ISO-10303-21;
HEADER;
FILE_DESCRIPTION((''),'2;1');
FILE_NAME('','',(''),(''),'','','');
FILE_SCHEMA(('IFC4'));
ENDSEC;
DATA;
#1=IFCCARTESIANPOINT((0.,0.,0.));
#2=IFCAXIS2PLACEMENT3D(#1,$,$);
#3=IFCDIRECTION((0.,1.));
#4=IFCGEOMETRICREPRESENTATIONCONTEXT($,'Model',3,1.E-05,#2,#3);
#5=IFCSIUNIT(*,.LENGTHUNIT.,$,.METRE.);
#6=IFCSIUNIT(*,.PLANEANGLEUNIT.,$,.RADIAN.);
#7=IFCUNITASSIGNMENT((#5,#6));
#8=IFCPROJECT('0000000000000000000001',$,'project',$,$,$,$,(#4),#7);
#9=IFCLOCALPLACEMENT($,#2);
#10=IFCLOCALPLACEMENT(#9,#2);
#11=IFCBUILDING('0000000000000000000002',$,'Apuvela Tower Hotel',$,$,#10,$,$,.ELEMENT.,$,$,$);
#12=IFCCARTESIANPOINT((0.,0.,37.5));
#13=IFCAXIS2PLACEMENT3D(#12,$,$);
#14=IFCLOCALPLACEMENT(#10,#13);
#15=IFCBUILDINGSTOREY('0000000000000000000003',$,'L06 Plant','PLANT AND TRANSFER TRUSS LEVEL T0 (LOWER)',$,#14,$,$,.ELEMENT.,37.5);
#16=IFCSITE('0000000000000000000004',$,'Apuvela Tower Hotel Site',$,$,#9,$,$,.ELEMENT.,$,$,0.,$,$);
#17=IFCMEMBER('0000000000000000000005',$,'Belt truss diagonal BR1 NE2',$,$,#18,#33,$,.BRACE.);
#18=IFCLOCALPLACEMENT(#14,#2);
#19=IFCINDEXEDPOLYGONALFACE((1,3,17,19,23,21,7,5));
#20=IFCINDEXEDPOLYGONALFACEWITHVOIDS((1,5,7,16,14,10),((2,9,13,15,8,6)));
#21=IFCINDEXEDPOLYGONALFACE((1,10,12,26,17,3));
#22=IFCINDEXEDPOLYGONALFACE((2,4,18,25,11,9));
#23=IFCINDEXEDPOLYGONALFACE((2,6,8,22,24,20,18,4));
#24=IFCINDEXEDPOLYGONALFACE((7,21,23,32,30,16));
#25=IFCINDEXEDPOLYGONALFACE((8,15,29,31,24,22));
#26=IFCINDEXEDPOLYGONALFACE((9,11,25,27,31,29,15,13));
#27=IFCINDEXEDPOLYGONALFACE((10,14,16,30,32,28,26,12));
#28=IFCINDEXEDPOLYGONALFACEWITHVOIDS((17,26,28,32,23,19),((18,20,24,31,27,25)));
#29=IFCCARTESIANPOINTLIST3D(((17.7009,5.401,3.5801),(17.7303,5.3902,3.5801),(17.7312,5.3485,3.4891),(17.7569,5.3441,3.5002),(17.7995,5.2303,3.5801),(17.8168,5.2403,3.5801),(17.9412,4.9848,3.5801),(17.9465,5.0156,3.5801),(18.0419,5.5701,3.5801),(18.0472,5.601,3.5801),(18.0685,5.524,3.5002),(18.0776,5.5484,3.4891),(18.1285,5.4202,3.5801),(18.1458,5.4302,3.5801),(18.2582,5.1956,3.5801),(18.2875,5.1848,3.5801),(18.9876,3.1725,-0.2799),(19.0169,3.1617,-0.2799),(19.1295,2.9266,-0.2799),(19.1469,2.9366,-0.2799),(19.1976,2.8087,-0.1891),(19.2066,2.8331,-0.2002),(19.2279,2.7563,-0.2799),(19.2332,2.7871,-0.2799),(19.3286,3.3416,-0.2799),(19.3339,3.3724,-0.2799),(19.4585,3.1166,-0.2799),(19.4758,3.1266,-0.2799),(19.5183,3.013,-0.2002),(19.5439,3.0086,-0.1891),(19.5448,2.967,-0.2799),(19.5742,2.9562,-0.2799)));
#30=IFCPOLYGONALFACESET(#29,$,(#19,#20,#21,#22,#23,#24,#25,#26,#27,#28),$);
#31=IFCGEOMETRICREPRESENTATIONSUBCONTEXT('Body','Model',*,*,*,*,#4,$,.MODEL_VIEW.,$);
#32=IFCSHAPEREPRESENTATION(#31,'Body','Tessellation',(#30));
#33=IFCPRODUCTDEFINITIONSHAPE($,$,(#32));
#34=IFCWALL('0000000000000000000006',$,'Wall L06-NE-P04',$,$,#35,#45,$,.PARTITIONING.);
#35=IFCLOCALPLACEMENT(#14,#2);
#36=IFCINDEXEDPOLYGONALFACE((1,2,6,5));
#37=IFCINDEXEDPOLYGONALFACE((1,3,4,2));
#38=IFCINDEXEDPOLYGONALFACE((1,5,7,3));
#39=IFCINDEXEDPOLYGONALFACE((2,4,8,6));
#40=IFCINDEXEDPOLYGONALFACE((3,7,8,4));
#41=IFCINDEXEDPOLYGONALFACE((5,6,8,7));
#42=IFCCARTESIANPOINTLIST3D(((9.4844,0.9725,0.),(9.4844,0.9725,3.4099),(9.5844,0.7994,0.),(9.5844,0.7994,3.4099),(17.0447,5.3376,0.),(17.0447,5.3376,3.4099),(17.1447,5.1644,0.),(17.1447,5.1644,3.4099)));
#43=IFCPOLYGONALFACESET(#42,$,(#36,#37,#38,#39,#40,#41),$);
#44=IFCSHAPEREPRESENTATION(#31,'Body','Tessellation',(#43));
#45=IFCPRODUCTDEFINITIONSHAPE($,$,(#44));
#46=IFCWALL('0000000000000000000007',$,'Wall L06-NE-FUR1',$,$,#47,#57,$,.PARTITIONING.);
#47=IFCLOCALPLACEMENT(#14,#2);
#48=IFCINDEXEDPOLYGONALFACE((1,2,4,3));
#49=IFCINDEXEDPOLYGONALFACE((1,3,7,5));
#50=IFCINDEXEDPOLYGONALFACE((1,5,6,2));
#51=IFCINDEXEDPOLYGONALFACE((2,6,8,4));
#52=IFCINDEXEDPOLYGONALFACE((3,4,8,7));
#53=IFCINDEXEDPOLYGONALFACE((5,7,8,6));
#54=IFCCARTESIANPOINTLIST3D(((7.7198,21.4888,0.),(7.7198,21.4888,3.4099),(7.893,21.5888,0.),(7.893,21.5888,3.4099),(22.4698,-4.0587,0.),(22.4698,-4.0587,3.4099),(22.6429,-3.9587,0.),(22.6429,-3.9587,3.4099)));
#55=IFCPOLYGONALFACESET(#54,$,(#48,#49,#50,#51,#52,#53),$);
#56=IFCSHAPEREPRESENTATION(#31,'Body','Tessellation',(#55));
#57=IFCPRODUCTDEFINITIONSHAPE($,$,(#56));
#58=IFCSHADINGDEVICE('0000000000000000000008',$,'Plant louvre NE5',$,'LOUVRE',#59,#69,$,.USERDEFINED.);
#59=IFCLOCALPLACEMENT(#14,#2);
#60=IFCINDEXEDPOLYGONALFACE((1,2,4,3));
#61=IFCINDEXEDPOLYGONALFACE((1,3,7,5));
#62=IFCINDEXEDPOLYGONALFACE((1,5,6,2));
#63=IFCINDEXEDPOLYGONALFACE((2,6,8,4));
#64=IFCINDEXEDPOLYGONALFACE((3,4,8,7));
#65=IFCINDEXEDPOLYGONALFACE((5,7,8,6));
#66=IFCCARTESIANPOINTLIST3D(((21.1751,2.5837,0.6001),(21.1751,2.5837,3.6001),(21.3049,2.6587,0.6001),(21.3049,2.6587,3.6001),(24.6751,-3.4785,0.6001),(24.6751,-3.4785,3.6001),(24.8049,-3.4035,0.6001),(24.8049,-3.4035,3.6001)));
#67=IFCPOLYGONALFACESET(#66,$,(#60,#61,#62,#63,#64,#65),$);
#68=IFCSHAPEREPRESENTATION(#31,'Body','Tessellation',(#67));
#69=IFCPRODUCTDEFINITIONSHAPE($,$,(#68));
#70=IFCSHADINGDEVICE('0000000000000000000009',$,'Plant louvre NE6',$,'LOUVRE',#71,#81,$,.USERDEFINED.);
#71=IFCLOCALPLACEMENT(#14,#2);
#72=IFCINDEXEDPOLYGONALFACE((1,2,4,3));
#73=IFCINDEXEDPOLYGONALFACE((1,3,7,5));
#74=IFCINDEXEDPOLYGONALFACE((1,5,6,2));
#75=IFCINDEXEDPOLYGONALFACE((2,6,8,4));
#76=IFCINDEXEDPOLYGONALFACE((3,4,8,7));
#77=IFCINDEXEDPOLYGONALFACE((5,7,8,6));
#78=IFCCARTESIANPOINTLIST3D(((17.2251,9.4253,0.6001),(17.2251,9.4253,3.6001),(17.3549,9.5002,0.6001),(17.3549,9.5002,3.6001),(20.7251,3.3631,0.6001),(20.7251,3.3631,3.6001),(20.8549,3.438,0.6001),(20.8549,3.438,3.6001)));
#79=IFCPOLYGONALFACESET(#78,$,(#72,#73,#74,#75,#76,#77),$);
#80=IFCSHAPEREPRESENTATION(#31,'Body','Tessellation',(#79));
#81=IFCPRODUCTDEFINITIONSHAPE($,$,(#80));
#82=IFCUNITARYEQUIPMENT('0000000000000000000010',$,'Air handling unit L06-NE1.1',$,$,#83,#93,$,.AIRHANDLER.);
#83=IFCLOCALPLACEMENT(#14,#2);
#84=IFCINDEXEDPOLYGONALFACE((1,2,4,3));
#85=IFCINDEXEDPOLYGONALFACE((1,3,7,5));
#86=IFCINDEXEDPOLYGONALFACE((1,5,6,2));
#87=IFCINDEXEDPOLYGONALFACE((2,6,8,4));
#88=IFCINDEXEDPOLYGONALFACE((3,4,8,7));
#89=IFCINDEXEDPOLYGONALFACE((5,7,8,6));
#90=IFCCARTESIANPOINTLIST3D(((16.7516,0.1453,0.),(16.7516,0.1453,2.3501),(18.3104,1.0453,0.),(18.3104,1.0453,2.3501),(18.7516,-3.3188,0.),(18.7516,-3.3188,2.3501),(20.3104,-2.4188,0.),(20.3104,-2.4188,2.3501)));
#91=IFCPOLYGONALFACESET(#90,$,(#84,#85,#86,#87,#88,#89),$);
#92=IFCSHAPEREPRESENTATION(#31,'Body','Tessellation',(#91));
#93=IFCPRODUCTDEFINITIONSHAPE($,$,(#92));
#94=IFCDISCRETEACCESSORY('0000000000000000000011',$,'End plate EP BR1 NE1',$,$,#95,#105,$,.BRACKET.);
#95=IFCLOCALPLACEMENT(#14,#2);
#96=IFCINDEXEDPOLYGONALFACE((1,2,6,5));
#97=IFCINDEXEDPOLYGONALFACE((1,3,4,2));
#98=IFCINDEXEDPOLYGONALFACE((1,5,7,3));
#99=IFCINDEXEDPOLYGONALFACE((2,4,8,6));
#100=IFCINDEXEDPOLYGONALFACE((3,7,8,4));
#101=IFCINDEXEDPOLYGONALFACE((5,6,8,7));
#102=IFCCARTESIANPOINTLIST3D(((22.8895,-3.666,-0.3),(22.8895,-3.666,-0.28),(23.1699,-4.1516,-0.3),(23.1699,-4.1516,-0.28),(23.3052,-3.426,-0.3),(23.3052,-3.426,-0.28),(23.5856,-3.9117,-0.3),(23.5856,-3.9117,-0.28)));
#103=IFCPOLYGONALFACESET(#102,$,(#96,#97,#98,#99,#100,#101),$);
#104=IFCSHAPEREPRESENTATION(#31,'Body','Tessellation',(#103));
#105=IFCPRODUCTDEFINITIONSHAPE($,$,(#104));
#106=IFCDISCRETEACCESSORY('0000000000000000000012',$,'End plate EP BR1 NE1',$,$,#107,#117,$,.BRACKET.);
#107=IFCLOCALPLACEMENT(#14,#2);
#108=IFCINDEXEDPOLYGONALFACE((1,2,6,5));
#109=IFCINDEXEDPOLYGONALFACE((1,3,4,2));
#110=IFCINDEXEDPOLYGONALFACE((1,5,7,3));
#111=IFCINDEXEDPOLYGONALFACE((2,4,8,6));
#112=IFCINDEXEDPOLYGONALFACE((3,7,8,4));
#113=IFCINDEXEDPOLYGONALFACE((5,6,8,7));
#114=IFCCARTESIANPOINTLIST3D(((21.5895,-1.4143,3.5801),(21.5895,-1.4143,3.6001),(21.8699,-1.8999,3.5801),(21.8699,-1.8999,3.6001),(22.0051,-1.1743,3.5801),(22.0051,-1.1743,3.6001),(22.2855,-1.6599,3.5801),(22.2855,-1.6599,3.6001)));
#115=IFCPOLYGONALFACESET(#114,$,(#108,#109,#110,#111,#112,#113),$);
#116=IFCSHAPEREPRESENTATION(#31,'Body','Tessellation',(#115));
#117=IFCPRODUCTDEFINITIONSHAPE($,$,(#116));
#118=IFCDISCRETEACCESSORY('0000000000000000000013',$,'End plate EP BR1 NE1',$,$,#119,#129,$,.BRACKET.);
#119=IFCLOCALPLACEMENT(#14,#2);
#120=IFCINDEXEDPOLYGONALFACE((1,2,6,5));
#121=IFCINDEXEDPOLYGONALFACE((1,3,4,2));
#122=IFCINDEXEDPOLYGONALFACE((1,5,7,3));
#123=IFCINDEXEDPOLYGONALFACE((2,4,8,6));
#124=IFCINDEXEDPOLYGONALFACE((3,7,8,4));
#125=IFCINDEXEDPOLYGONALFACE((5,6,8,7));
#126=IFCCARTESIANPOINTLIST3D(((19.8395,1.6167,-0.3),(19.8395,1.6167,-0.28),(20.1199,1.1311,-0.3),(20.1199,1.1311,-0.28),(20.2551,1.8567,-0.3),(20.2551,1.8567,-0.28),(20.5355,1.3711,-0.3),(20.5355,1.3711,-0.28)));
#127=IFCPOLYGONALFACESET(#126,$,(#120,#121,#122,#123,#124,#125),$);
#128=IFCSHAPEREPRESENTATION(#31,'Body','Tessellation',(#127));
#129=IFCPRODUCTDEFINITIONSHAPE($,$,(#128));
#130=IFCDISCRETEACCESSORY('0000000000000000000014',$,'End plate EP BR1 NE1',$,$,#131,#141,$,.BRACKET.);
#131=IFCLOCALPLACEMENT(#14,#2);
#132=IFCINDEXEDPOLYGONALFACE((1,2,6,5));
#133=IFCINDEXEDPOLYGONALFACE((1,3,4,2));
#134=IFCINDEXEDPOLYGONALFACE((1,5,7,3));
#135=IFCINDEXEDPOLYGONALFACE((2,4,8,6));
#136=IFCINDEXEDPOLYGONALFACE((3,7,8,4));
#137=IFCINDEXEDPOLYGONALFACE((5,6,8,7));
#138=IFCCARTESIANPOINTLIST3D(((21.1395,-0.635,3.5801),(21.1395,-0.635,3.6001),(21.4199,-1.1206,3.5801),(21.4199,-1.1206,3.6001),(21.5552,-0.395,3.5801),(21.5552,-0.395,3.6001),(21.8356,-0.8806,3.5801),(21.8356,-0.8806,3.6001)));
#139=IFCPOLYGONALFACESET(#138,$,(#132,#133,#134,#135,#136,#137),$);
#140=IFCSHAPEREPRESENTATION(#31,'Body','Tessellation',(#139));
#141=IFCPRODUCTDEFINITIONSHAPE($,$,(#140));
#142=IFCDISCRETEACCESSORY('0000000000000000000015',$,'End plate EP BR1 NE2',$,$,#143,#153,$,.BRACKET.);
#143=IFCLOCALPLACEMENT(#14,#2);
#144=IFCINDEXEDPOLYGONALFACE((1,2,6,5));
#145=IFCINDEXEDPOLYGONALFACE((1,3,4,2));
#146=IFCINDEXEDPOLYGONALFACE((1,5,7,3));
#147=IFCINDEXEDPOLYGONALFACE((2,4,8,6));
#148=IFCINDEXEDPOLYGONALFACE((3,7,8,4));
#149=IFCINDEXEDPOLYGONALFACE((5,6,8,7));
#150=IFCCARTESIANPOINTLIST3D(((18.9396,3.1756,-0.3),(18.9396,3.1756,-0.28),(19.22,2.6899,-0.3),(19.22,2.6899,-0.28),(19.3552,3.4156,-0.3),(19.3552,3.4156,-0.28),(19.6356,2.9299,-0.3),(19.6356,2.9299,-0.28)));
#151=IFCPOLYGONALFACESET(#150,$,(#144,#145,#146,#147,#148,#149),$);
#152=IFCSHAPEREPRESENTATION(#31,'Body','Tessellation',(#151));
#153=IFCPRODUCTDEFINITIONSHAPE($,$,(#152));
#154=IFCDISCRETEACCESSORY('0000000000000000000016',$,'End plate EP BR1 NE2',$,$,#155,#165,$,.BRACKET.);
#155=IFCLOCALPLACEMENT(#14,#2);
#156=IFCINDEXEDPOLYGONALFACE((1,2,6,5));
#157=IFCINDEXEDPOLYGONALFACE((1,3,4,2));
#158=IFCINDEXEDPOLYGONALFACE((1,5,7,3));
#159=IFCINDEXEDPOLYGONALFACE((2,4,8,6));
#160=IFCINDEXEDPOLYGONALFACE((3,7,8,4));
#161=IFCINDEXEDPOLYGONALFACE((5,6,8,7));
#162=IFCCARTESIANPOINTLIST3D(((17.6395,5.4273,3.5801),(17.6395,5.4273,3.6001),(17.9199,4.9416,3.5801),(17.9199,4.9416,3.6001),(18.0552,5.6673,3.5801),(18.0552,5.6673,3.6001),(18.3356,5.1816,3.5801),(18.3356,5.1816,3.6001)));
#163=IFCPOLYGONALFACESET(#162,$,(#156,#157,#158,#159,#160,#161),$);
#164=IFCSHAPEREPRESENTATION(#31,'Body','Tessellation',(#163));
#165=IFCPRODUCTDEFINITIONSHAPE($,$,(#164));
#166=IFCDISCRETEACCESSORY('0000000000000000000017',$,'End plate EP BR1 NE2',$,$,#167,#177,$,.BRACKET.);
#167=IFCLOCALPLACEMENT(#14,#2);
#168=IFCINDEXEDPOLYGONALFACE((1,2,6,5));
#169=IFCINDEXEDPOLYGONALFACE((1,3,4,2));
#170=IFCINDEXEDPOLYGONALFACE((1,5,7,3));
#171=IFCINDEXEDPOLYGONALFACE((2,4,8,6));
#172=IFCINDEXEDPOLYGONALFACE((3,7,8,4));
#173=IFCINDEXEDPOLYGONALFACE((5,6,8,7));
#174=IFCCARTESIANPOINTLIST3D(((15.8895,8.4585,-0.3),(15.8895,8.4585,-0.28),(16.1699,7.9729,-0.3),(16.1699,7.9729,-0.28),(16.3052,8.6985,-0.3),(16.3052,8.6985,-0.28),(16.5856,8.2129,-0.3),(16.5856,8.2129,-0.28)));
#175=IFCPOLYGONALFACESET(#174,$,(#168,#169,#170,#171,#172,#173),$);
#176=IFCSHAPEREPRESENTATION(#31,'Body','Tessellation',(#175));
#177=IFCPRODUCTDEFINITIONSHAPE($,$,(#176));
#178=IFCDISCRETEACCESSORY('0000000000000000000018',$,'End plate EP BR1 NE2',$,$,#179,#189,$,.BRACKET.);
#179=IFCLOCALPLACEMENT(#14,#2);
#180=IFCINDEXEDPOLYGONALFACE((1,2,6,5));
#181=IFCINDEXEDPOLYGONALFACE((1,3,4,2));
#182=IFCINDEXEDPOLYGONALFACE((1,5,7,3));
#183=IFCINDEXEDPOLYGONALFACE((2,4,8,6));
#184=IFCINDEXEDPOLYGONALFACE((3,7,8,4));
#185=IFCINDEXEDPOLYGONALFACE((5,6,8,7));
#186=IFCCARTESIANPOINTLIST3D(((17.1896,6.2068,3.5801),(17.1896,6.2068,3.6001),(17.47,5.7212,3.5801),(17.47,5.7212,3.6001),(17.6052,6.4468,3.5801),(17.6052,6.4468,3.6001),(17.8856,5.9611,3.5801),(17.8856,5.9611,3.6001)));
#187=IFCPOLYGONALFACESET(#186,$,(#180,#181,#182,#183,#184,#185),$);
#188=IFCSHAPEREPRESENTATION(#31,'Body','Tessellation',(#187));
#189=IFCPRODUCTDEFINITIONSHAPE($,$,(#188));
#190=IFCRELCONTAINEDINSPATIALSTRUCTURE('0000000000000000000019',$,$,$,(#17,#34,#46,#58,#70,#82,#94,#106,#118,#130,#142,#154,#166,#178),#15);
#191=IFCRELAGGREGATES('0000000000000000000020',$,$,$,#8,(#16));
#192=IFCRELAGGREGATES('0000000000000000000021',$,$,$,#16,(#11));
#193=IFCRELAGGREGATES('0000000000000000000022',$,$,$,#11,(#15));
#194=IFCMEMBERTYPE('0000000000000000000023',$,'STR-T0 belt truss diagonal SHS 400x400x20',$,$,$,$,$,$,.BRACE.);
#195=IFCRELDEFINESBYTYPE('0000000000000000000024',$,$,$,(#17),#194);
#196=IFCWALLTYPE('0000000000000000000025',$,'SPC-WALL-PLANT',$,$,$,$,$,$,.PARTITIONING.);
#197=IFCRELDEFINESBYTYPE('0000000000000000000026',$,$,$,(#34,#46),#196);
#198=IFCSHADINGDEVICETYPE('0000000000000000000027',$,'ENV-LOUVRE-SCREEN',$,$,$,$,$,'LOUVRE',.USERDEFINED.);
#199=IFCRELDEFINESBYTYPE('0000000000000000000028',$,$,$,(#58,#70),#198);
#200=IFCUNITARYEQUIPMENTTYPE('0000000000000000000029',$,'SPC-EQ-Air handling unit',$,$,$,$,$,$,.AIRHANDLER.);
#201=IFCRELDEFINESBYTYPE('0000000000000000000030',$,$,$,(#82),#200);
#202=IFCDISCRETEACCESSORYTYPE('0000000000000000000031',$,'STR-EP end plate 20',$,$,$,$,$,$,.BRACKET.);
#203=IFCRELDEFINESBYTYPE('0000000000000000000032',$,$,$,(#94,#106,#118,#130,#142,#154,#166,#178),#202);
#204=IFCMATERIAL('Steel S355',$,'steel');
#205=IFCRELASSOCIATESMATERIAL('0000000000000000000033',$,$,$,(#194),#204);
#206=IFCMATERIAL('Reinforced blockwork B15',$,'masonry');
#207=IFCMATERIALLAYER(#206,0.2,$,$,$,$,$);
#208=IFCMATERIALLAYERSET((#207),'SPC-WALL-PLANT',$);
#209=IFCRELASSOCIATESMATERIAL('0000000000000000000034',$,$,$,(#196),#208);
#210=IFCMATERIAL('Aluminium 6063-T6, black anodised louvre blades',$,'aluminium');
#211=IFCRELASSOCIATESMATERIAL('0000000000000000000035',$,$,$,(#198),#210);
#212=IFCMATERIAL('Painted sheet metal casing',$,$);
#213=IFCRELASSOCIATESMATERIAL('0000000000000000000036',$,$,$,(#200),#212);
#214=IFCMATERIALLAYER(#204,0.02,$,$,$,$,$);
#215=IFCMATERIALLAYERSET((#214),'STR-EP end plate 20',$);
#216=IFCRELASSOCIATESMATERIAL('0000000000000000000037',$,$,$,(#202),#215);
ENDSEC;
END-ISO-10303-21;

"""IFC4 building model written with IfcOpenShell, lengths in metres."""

from ifc_helpers import new_model, si_unit, direction, frame, frame_2d, origin, origin_2d, place, context, subcontext, project, spatial, rectangle, hollow_rectangle, extrude, boolean, halfspace, material, layer, layer_set, material_profile, profile_set, type_object, element, save


model = new_model("IFC4")

# Units and contexts
model_context = context("Model", 3, precision=1e-05, world=origin(), true_north=direction((0.0, 1.0)))
body_context = subcontext(model_context, "Body", "Model", "MODEL_VIEW")
ifc_project = project(units=[si_unit("LENGTHUNIT", "METRE"), si_unit("PLANEANGLEUNIT", "RADIAN")], contexts=[model_context])

# Site, building, storey
site_placement = place(None, origin())
site = spatial("IfcSite", under=ifc_project, at=site_placement, Name="Apuvela Tower Hotel Site", CompositionType="ELEMENT", RefElevation=0.0)
building_placement = place(site_placement, origin())
building = spatial("IfcBuilding", under=site, at=building_placement, Name="Apuvela Tower Hotel", CompositionType="ELEMENT")
storey_placement = place(building_placement, frame((0.0, 0.0, 37.5)))
storey = spatial("IfcBuildingStorey", under=building, at=storey_placement, Name="L06 Plant", Description="PLANT AND TRANSFER TRUSS LEVEL T0 (LOWER)", CompositionType="ELEMENT", Elevation=37.5)

# Shared definitions
ifc_material_1 = material(Name="Steel S355", Category="steel")

# Member
ifc_material_profile_1 = material_profile(ifc_material_1, hollow_rectangle(XDim=0.3999, YDim=0.3999, WallThickness=0.02, at=origin_2d()), Name="SHS 400x400x20")
ifc_profile_set_1 = profile_set([ifc_material_profile_1], Name="Steel S355")
member_type_1 = type_object("IfcMemberType", Name="STR-T0 belt truss diagonal SHS 400x400x20", PredefinedType="BRACE", material=ifc_profile_set_1)
member_1_placement = place(storey_placement, frame((19.2876, 3.0527, -0.3), z_axis=(-0.277351, 0.480378, 0.832054), x_axis=(0.416033, -0.720576, 0.554695)))
solid_1 = boolean("DIFFERENCE", boolean("DIFFERENCE", extrude(hollow_rectangle(XDim=0.3999, YDim=0.3999, WallThickness=0.02, at=origin_2d()), frame((0.0, 0.0, -0.2534)), (0.0, 0.0, 1.0), 5.1941), halfspace(frame((0.0, 0.0, 0.0242), z_axis=(0.554695, 0.0, 0.832054), x_axis=(0.832054, 0.0, -0.554695)), True)), halfspace(frame((0.0, 0.0, 4.6633), z_axis=(0.554695, 0.0, 0.832054), x_axis=(0.832054, 0.0, -0.554695)), False))
element("IfcMember", 1, at=member_1_placement, inside=storey, type_object=member_type_1, Name="Belt truss diagonal BR1 NE2", PredefinedType="BRACE", context=body_context, shape_type="SweptSolid", body=[
    boolean("UNION", boolean("DIFFERENCE", boolean("DIFFERENCE", extrude(hollow_rectangle(XDim=0.3999, YDim=0.3999, WallThickness=0.02, at=origin_2d()), origin(), (0.0, 0.0, 1.0), 4.6873), halfspace(frame((0.0, 0.0, 0.0242), z_axis=(0.554695, 0.0, 0.832054), x_axis=(0.832054, 0.0, -0.554695)), True)), halfspace(frame((0.0, 0.0, 4.6633), z_axis=(0.554695, 0.0, 0.832054), x_axis=(0.832054, 0.0, -0.554695)), False)), solid_1),
])

# Walls
ifc_material_2 = material(Name="Reinforced blockwork B15", Category="masonry")
ifc_layer_1 = layer(ifc_material_2, 0.2)
ifc_layer_set_1 = layer_set([ifc_layer_1], Name="SPC-WALL-PLANT")
wall_type = type_object("IfcWallType", Name="SPC-WALL-PLANT", PredefinedType="PARTITIONING", material=ifc_layer_set_1)
wall_1_placement = place(storey_placement, frame((17.0947, 5.251, 0.0), z_axis=(0.0, 0.0, 1.0), x_axis=(-0.866023, -0.500004, 0.0)))
element("IfcWall", 2, at=wall_1_placement, inside=storey, type_object=wall_type, Name="Wall L06-NE-P04", PredefinedType="PARTITIONING", context=body_context, shape_type="SweptSolid", body=[
    extrude(rectangle(XDim=8.73, YDim=0.2, at=frame_2d((4.365, 0.0))), origin(), (0.0, 0.0, 1.0), 3.4099),
])
wall_2_placement = place(storey_placement, frame((22.5564, -4.0088, 0.0), z_axis=(0.0, 0.0, 1.0), x_axis=(-0.500002, 0.866024, 0.0)))
element("IfcWall", 3, at=wall_2_placement, inside=storey, type_object=wall_type, Name="Wall L06-NE-FUR1", PredefinedType="PARTITIONING", context=body_context, shape_type="SweptSolid", body=[
    extrude(rectangle(XDim=29.4998, YDim=0.2, at=frame_2d((14.75, 0.0))), origin(), (0.0, 0.0, 1.0), 3.4099),
])

# Shading devices
ifc_material_3 = material(Name="Aluminium 6063-T6, black anodised louvre blades", Category="aluminium")
shading_device_type = type_object("IfcShadingDeviceType", Name="ENV-LOUVRE-SCREEN", ElementType="LOUVRE", PredefinedType="USERDEFINED", material=ifc_material_3)
for number, where, z_axis, x_axis, name in (
    (4, (22.99, -0.4099, 0.6001), (0.0, 0.0, 1.0), (-0.5, 0.866025, 0.0), "Plant louvre NE5"),
    (5, (19.04, 6.4316, 0.6001), (0.0, 0.0, 1.0), (-0.5, 0.866025, 0.0), "Plant louvre NE6"),
):
    element("IfcShadingDevice", number, at=place(storey_placement, frame(where, z_axis=z_axis, x_axis=x_axis)), inside=storey, type_object=shading_device_type, Name=name, ObjectType="LOUVRE", PredefinedType="USERDEFINED", context=body_context, shape_type="SweptSolid", body=[
        extrude(rectangle(XDim=7.0, YDim=0.1499, at=origin_2d()), origin(), (0.0, 0.0, 1.0), 3.0),
    ])

# Unitary equipment
ifc_material_4 = material(Name="Painted sheet metal casing")
unitary_equipment_type = type_object("IfcUnitaryEquipmentType", Name="SPC-EQ-Air handling unit", PredefinedType="AIRHANDLER", material=ifc_material_4)
unitary_equipment_placement = place(storey_placement, frame((18.531, -1.1367, 0.0), z_axis=(0.0, 0.0, 1.0), x_axis=(-0.5, 0.866025, 0.0)))
element("IfcUnitaryEquipment", 6, at=unitary_equipment_placement, inside=storey, type_object=unitary_equipment_type, Name="Air handling unit L06-NE1.1", PredefinedType="AIRHANDLER", context=body_context, shape_type="SweptSolid", body=[
    extrude(rectangle(XDim=4.0, YDim=1.8, at=origin_2d()), origin(), (0.0, 0.0, 1.0), 2.3501),
])

# Discrete accessories
ifc_layer_2 = layer(ifc_material_1, 0.02)
ifc_layer_set_2 = layer_set([ifc_layer_2], Name="STR-EP end plate 20")
discrete_accessory_type = type_object("IfcDiscreteAccessoryType", Name="STR-EP end plate 20", PredefinedType="BRACKET", material=ifc_layer_set_2)
for number, where, z_axis, x_axis, name in (
    (7, (23.2375, -3.7888, -0.3), (0.0, 0.0, 1.0), (-0.5, 0.866025, 0.0), "End plate EP BR1 NE1"),
    (8, (21.9375, -1.5371, 3.5801), (0.0, 0.0, 1.0), (-0.5, 0.866025, 0.0), "End plate EP BR1 NE1"),
    (9, (20.1875, 1.4939, -0.3), (0.0, 0.0, 1.0), (0.5, -0.866025, 0.0), "End plate EP BR1 NE1"),
    (10, (21.4875, -0.7578, 3.5801), (0.0, 0.0, 1.0), (0.5, -0.866025, 0.0), "End plate EP BR1 NE1"),
    (11, (19.2876, 3.0527, -0.3), (0.0, 0.0, 1.0), (-0.5, 0.866025, 0.0), "End plate EP BR1 NE2"),
    (12, (17.9875, 5.3044, 3.5801), (0.0, 0.0, 1.0), (-0.5, 0.866025, 0.0), "End plate EP BR1 NE2"),
    (13, (16.2375, 8.3357, -0.3), (0.0, 0.0, 1.0), (0.5, -0.866025, 0.0), "End plate EP BR1 NE2"),
    (14, (17.5376, 6.084, 3.5801), (0.0, 0.0, 1.0), (0.5, -0.866025, 0.0), "End plate EP BR1 NE2"),
):
    element("IfcDiscreteAccessory", number, at=place(storey_placement, frame(where, z_axis=z_axis, x_axis=x_axis)), inside=storey, type_object=discrete_accessory_type, Name=name, PredefinedType="BRACKET", context=body_context, shape_type="SweptSolid", body=[
        extrude(rectangle(XDim=0.5608, YDim=0.48, at=origin_2d()), origin(), (0.0, 0.0, 1.0), 0.02),
    ])

save(model, "model.ifc")
